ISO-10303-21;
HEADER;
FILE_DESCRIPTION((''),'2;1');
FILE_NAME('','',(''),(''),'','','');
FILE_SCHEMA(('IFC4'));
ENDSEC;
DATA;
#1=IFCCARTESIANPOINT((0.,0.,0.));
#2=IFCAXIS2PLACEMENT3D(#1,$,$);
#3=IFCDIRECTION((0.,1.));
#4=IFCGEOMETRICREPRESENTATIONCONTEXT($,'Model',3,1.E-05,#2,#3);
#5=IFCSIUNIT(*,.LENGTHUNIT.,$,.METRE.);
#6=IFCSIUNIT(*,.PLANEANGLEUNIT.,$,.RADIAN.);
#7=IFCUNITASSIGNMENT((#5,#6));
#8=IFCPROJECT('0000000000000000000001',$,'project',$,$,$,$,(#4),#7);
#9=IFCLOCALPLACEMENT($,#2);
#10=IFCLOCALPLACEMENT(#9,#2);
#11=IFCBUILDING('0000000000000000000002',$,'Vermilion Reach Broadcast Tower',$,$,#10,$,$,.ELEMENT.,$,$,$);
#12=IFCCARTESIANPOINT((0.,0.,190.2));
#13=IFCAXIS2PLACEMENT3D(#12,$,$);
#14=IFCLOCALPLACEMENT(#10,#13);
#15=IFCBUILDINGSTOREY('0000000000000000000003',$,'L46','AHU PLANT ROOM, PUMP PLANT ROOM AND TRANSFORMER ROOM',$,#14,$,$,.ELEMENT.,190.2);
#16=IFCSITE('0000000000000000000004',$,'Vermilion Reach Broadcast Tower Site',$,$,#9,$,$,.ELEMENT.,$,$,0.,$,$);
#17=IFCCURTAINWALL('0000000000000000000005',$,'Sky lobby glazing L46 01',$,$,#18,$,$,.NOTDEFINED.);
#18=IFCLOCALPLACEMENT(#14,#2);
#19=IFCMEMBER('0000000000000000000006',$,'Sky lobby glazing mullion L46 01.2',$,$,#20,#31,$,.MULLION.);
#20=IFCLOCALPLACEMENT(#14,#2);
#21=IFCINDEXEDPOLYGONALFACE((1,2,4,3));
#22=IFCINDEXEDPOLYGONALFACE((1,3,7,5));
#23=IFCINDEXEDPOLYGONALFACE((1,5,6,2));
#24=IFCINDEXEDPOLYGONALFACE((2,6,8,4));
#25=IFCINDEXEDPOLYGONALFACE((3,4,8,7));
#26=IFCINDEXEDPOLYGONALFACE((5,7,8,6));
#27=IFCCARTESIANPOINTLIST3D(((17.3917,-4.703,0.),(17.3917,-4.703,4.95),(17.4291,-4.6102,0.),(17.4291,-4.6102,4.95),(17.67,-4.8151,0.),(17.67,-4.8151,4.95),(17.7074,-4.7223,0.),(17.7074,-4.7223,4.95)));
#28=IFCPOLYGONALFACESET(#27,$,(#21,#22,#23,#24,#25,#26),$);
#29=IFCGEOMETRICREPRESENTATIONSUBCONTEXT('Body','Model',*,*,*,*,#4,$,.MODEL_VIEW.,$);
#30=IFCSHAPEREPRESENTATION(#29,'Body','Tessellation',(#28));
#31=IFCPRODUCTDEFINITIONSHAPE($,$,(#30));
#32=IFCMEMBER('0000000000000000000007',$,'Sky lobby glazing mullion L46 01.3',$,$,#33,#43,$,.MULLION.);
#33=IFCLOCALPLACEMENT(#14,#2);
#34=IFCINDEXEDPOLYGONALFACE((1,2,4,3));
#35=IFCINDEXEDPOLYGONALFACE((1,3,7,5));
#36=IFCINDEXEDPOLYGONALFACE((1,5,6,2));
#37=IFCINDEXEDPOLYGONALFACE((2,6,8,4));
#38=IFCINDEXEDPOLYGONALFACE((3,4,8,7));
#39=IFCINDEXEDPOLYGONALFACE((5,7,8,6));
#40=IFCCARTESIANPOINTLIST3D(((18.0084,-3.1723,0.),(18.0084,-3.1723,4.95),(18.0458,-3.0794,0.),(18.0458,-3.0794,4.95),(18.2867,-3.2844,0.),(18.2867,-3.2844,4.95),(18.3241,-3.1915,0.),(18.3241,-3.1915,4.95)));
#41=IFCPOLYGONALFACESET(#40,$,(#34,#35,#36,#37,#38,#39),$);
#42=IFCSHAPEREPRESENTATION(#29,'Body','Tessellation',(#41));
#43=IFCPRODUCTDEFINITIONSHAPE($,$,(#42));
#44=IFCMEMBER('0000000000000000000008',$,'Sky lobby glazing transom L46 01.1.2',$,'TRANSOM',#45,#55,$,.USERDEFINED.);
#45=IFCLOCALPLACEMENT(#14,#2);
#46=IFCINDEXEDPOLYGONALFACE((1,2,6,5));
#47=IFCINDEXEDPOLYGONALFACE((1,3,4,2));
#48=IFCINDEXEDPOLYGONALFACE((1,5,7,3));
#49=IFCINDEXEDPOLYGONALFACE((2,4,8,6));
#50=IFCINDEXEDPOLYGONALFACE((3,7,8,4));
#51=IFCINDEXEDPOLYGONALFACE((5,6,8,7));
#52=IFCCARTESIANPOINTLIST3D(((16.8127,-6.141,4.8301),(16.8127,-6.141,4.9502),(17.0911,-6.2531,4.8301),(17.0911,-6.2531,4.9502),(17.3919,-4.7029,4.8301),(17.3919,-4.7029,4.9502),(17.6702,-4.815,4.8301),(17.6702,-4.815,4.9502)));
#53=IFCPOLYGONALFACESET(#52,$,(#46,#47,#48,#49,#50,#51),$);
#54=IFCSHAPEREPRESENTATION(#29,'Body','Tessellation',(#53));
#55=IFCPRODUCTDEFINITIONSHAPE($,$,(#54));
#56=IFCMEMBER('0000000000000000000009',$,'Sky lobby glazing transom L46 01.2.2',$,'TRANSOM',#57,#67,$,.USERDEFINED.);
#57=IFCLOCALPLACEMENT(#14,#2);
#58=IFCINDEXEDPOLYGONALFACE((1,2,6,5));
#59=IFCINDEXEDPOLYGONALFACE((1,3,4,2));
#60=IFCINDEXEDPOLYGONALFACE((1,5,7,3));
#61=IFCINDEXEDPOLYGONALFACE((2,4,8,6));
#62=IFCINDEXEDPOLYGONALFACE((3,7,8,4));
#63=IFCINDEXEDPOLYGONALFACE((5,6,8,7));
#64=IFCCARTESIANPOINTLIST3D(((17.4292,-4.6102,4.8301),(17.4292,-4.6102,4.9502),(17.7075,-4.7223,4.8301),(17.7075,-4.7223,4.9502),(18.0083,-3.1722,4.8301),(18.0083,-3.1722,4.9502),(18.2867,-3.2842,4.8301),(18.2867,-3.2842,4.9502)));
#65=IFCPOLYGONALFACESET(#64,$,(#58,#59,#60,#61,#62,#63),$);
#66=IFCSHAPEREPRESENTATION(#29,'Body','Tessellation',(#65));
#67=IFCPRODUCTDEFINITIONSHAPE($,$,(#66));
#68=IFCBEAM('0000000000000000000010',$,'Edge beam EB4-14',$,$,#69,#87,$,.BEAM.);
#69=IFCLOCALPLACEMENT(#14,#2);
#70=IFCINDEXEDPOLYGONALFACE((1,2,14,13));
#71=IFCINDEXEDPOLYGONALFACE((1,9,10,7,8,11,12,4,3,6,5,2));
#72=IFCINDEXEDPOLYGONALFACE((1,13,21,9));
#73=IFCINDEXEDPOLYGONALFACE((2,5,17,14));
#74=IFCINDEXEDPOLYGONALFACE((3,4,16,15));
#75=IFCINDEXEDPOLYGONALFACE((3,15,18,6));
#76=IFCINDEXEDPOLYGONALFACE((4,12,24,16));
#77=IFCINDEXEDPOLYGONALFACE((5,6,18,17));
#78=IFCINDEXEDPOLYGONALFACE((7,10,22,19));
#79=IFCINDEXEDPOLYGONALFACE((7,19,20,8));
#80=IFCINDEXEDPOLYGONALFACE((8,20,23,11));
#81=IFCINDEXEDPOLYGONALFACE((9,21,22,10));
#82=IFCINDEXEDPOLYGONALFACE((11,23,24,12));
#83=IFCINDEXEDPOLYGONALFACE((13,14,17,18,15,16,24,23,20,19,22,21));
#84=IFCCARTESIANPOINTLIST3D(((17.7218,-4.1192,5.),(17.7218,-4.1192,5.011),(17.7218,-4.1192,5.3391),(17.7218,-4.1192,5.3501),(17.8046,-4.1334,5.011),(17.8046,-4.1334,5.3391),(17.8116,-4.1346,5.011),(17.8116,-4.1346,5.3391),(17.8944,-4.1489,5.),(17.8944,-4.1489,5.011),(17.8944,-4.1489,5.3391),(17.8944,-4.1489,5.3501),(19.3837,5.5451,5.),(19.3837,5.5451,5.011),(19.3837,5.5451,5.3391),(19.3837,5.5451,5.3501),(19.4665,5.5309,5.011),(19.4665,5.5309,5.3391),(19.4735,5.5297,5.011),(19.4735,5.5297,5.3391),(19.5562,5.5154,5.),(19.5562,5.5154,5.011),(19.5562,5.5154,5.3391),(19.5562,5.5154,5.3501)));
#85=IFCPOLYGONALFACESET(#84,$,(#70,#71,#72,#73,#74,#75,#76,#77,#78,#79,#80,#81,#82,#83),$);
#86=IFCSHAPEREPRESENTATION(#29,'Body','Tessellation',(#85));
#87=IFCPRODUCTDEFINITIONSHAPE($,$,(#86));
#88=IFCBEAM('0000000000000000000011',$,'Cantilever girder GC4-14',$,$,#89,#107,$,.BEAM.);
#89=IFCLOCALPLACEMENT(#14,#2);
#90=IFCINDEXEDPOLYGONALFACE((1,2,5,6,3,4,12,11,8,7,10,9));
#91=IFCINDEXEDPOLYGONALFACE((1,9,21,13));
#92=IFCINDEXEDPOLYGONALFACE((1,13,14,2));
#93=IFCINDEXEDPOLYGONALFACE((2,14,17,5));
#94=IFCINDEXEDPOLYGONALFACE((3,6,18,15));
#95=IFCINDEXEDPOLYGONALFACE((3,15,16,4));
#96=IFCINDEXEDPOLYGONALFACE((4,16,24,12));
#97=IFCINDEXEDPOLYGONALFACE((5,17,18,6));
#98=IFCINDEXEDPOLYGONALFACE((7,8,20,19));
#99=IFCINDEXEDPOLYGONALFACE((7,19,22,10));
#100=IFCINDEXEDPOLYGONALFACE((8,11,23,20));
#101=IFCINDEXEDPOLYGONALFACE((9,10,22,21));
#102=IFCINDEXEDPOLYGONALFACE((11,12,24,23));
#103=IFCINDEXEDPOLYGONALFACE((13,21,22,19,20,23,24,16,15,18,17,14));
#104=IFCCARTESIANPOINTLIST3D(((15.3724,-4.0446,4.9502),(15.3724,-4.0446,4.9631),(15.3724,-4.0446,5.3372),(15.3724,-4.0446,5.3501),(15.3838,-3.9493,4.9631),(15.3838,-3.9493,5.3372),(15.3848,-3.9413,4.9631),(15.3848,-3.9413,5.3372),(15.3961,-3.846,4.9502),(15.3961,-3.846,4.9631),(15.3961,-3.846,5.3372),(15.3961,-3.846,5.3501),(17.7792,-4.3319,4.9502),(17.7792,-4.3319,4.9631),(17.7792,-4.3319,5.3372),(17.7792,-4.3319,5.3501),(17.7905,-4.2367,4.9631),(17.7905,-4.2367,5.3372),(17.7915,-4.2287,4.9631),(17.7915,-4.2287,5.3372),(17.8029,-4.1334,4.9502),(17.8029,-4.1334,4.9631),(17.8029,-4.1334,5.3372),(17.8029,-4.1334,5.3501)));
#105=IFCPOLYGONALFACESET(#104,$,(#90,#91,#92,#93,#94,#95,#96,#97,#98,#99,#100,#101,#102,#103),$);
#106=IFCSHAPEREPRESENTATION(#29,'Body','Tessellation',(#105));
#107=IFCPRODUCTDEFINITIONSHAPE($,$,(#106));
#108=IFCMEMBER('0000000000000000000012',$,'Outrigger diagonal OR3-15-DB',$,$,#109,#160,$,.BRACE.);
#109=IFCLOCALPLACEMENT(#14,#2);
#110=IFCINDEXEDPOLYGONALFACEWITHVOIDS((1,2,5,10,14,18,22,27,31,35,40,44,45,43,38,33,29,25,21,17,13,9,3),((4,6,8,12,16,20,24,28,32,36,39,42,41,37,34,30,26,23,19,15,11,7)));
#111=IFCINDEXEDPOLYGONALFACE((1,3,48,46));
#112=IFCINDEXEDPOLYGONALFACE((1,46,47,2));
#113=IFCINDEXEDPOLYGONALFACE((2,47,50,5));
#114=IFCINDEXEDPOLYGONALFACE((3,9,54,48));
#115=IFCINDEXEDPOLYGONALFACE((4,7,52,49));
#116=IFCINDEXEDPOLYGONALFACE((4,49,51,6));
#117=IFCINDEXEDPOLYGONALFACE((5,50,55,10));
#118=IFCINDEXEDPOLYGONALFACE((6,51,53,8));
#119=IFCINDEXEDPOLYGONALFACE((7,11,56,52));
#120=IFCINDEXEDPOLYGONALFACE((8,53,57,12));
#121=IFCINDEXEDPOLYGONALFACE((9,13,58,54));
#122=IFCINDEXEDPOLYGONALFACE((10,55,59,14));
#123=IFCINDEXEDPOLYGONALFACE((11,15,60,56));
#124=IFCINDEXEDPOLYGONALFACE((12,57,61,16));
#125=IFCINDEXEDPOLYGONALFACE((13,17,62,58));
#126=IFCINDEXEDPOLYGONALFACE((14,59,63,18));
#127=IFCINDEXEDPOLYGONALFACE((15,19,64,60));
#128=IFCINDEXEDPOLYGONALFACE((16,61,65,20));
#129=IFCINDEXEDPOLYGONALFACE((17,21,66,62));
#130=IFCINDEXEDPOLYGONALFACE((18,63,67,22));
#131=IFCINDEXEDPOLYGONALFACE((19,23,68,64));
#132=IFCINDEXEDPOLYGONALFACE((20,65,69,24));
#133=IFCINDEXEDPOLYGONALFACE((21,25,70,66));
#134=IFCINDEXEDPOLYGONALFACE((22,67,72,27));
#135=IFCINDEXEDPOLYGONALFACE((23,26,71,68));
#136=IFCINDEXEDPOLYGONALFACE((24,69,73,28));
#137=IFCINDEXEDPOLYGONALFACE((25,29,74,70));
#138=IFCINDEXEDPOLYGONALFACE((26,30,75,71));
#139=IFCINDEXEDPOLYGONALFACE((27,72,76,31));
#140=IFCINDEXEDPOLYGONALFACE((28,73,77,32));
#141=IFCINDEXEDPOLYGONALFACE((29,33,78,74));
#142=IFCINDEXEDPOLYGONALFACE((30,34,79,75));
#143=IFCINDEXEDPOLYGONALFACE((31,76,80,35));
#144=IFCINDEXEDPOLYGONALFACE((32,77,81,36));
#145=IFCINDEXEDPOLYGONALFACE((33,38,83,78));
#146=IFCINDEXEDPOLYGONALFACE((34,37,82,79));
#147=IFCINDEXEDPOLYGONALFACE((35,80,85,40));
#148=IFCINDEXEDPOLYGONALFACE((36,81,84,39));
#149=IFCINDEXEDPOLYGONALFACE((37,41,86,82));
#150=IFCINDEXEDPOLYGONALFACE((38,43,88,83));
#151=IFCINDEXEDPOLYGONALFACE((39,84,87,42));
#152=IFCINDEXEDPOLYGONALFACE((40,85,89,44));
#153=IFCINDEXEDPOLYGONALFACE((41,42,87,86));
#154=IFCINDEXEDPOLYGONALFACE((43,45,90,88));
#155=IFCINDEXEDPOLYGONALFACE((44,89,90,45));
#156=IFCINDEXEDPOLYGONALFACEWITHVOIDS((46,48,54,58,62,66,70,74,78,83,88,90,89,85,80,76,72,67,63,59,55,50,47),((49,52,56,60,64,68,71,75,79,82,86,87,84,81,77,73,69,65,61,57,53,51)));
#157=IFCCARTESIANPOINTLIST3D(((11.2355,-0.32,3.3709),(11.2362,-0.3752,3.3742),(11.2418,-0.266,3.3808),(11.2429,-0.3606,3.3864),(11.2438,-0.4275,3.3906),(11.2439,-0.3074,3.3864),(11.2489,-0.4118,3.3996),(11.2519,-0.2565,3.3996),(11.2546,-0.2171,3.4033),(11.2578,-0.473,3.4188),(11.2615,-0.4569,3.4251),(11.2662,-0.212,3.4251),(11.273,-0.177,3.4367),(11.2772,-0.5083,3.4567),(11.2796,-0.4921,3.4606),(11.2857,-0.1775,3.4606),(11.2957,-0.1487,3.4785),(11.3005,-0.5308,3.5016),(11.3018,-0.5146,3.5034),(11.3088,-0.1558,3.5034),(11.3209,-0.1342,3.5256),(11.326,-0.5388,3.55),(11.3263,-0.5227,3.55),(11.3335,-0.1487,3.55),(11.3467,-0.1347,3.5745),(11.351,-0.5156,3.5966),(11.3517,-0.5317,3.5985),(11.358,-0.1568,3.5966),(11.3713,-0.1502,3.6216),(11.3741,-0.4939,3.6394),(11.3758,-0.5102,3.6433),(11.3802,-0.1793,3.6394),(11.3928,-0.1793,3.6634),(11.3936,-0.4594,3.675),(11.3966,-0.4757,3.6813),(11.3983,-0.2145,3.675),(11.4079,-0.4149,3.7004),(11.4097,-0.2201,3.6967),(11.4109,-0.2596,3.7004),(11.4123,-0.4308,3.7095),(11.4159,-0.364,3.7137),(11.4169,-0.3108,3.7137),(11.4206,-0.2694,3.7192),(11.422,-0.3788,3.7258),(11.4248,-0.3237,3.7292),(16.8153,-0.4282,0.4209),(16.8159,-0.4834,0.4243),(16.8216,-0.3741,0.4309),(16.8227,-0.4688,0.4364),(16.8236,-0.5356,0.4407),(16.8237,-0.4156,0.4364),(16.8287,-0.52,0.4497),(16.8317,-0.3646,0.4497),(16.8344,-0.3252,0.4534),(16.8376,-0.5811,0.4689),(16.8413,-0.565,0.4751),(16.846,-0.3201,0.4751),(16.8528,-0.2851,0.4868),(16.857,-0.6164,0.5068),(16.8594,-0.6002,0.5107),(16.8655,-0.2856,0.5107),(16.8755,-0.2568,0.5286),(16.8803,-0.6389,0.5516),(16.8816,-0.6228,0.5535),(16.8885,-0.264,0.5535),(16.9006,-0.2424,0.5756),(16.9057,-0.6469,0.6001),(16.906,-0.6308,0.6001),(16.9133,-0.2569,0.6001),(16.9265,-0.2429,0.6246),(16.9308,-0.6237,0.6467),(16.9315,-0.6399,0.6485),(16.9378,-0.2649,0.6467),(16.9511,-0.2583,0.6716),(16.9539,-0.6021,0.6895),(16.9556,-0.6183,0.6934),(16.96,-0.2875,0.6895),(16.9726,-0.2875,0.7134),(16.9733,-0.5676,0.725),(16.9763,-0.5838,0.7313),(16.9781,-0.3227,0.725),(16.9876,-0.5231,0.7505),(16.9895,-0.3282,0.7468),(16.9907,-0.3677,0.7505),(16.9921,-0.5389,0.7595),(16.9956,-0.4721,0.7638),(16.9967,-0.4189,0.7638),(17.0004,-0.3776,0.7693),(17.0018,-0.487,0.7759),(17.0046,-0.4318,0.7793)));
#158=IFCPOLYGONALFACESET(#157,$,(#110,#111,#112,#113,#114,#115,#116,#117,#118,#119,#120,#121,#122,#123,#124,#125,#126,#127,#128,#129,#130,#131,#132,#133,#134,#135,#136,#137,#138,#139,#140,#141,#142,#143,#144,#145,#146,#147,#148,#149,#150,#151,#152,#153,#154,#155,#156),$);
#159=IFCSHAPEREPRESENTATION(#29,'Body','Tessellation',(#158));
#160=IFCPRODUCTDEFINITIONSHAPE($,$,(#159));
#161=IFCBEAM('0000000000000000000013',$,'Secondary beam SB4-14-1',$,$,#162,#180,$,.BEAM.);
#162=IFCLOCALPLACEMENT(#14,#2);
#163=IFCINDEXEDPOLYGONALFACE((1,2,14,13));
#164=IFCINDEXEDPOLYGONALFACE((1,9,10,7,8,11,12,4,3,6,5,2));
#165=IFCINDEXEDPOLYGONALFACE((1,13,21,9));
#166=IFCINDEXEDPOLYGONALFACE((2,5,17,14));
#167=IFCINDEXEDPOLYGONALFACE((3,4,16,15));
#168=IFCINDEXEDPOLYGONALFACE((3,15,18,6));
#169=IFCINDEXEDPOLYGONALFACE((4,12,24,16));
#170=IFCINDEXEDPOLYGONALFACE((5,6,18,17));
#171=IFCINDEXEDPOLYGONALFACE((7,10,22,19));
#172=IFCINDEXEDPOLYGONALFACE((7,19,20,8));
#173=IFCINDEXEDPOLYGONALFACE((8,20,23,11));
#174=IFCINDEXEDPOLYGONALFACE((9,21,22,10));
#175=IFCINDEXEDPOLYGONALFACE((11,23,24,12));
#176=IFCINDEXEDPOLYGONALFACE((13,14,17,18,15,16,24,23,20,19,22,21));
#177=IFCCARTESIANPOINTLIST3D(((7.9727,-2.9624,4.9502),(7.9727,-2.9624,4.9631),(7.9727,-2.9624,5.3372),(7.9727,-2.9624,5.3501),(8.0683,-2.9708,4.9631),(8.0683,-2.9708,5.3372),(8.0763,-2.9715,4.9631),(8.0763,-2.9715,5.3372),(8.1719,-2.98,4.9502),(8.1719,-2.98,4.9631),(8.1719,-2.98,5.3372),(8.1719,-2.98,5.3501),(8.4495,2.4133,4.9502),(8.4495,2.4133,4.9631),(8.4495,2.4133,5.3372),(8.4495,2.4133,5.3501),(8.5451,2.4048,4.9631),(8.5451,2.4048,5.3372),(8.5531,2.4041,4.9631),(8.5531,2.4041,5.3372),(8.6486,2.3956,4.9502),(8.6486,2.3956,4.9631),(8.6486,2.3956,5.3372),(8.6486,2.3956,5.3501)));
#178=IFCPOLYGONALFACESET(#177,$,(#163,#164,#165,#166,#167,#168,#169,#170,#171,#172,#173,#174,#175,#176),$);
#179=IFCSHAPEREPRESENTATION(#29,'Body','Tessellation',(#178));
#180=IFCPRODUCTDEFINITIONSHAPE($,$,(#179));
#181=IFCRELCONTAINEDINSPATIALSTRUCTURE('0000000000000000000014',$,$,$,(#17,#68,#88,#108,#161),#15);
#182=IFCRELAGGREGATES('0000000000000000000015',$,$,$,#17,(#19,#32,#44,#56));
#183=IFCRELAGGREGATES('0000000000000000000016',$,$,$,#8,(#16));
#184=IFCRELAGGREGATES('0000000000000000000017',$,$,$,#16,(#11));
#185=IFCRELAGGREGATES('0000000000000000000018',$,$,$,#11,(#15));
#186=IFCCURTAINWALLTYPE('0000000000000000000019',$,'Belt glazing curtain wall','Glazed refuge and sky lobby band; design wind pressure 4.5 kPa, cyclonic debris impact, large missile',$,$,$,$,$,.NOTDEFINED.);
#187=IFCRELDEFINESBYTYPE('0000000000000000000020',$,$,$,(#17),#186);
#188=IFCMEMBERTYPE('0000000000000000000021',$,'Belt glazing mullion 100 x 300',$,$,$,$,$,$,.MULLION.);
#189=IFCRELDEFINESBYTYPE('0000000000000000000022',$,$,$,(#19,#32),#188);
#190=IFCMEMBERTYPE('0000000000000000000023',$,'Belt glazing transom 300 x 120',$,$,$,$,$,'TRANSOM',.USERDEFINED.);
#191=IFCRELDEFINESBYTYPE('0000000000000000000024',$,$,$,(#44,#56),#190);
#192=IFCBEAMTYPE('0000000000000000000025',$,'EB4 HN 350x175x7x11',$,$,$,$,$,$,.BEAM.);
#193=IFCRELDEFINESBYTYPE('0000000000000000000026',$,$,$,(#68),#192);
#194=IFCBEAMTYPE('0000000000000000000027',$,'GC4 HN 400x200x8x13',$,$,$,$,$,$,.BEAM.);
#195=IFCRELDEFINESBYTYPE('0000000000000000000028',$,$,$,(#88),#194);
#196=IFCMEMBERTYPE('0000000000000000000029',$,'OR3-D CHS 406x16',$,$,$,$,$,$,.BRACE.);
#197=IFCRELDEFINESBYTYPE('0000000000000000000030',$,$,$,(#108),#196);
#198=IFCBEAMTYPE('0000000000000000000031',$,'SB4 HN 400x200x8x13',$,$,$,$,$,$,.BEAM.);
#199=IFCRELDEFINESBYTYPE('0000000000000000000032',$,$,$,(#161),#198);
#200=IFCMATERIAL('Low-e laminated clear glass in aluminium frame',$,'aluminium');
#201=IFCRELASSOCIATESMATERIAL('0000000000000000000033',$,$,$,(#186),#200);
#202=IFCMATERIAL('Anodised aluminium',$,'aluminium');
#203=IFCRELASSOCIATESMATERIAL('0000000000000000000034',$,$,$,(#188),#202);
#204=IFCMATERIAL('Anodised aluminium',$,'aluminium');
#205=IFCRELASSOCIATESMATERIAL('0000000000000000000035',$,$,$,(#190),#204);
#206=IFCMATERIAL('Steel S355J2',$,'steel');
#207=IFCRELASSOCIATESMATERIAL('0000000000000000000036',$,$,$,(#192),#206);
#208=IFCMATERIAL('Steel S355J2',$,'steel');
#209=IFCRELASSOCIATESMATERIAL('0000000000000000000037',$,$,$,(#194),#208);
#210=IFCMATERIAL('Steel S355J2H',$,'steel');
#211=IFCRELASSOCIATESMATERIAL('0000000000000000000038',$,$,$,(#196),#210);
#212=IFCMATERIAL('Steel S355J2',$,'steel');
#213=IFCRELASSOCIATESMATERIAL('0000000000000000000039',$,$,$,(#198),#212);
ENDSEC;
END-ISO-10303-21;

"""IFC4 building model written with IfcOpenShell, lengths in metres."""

from ifc_helpers import new_model, si_unit, direction, frame, origin, origin_2d, place, context, subcontext, project, spatial, rectangle, hollow_circle, i_section, extrude, material, material_profile, profile_set, type_object, element, aggregate, save


model = new_model("IFC4")

# Units and contexts
model_context = context("Model", 3, precision=1e-05, world=origin(), true_north=direction((0.0, 1.0)))
body_context = subcontext(model_context, "Body", "Model", "MODEL_VIEW")
ifc_project = project(units=[si_unit("LENGTHUNIT", "METRE"), si_unit("PLANEANGLEUNIT", "RADIAN")], contexts=[model_context])

# Site, building, storey
site_placement = place(None, origin())
site = spatial("IfcSite", under=ifc_project, at=site_placement, Name="Vermilion Reach Broadcast Tower Site", CompositionType="ELEMENT", RefElevation=0.0)
building_placement = place(site_placement, origin())
building = spatial("IfcBuilding", under=site, at=building_placement, Name="Vermilion Reach Broadcast Tower", CompositionType="ELEMENT")
storey_placement = place(building_placement, frame((0.0, 0.0, 190.2)))
storey = spatial("IfcBuildingStorey", under=building, at=storey_placement, Name="L46", Description="AHU PLANT ROOM, PUMP PLANT ROOM AND TRANSFORMER ROOM", CompositionType="ELEMENT", Elevation=190.2)

# Curtain wall, members
ifc_material_1 = material(Name="Low-e laminated clear glass in aluminium frame", Category="aluminium")
curtain_wall_type = type_object("IfcCurtainWallType", Name="Belt glazing curtain wall", Description="Glazed refuge and sky lobby band; design wind pressure 4.5 kPa, cyclonic debris impact, large missile", PredefinedType="NOTDEFINED", material=ifc_material_1)
curtain_wall_placement = place(storey_placement, origin())
curtain_wall = element("IfcCurtainWall", 1, at=curtain_wall_placement, inside=storey, type_object=curtain_wall_type, Name="Sky lobby glazing L46 01", PredefinedType="NOTDEFINED")
ifc_material_2 = material(Name="Anodised aluminium", Category="aluminium")
ifc_material_profile_1 = material_profile(ifc_material_2, rectangle(XDim=0.3, YDim=0.1001, at=origin_2d()), Name="Belt glazing mullion 100 x 300")
ifc_profile_set_1 = profile_set([ifc_material_profile_1], Name="Anodised aluminium")
member_type_1 = type_object("IfcMemberType", Name="Belt glazing mullion 100 x 300", PredefinedType="MULLION", material=ifc_profile_set_1)
member_1_placement = place(storey_placement, frame((17.5496, -4.7126, 0.0), z_axis=(0.0, 0.0, 1.0), x_axis=(-0.927588, 0.373605, 0.0)))
member_1 = element("IfcMember", 2, at=member_1_placement, type_object=member_type_1, Name="Sky lobby glazing mullion L46 01.2", PredefinedType="MULLION", context=body_context, shape_type="SweptSolid", body=[
    extrude(rectangle(XDim=0.3, YDim=0.1001, at=origin_2d()), origin(), (0.0, 0.0, 1.0), 4.95),
])
member_2_placement = place(storey_placement, frame((18.1663, -3.1819, 0.0), z_axis=(0.0, 0.0, 1.0), x_axis=(-0.927588, 0.373605, 0.0)))
member_2 = element("IfcMember", 3, at=member_2_placement, type_object=member_type_1, Name="Sky lobby glazing mullion L46 01.3", PredefinedType="MULLION", context=body_context, shape_type="SweptSolid", body=[
    extrude(rectangle(XDim=0.3, YDim=0.1001, at=origin_2d()), origin(), (0.0, 0.0, 1.0), 4.95),
])
ifc_material_3 = material(Name="Anodised aluminium", Category="aluminium")
ifc_material_profile_2 = material_profile(ifc_material_3, rectangle(XDim=0.3, YDim=0.1201, at=origin_2d()), Name="Belt glazing transom 300 x 120")
ifc_profile_set_2 = profile_set([ifc_material_profile_2], Name="Anodised aluminium")
member_type_2 = type_object("IfcMemberType", Name="Belt glazing transom 300 x 120", ElementType="TRANSOM", PredefinedType="USERDEFINED", material=ifc_profile_set_2)
member_3_placement = place(storey_placement, frame((16.9519, -6.197, 4.8901), z_axis=(0.373562, 0.927605, 0.0), x_axis=(-0.927605, 0.373562, 0.0)))
member_3 = element("IfcMember", 4, at=member_3_placement, type_object=member_type_2, Name="Sky lobby glazing transom L46 01.1.2", ObjectType="TRANSOM", PredefinedType="USERDEFINED", context=body_context, shape_type="SweptSolid", body=[
    extrude(rectangle(XDim=0.3, YDim=0.1201, at=origin_2d()), origin(), (0.0, 0.0, 1.0), 1.5503),
])
member_4_placement = place(storey_placement, frame((17.5684, -4.6663, 4.8901), z_axis=(0.373562, 0.927605, 0.0), x_axis=(-0.927605, 0.373562, 0.0)))
member_4 = element("IfcMember", 5, at=member_4_placement, type_object=member_type_2, Name="Sky lobby glazing transom L46 01.2.2", ObjectType="TRANSOM", PredefinedType="USERDEFINED", context=body_context, shape_type="SweptSolid", body=[
    extrude(rectangle(XDim=0.3, YDim=0.1201, at=origin_2d()), origin(), (0.0, 0.0, 1.0), 1.5503),
])

# Beams
ifc_material_4 = material(Name="Steel S355J2", Category="steel")
ifc_material_profile_3 = material_profile(ifc_material_4, i_section(OverallWidth=0.175, OverallDepth=0.3501, WebThickness=0.0071, FlangeThickness=0.011, at=origin_2d()), Name="S355J2 HN 350x175x7x11")
ifc_profile_set_3 = profile_set([ifc_material_profile_3], Name="Steel S355J2")
beam_type_1 = type_object("IfcBeamType", Name="EB4 HN 350x175x7x11", PredefinedType="BEAM", material=ifc_profile_set_3)
beam_1_placement = place(storey_placement, frame((17.8081, -4.134, 5.175), z_axis=(0.169472, 0.985535, 0.0), x_axis=(-0.985535, 0.169472, 0.0)))
element("IfcBeam", 6, at=beam_1_placement, inside=storey, type_object=beam_type_1, Name="Edge beam EB4-14", PredefinedType="BEAM", context=body_context, shape_type="SweptSolid", body=[
    extrude(i_section(OverallWidth=0.175, OverallDepth=0.3501, WebThickness=0.0071, FlangeThickness=0.011, at=origin_2d()), origin(), (0.0, 0.0, 1.0), 9.8062),
])
ifc_material_5 = material(Name="Steel S355J2", Category="steel")
ifc_material_profile_4 = material_profile(ifc_material_5, i_section(OverallWidth=0.2, OverallDepth=0.3999, WebThickness=0.0081, FlangeThickness=0.0129, at=origin_2d()), Name="S355J2 HN 400x200x8x13")
ifc_profile_set_4 = profile_set([ifc_material_profile_4], Name="Steel S355J2")
beam_type_2 = type_object("IfcBeamType", Name="GC4 HN 400x200x8x13", PredefinedType="BEAM", material=ifc_profile_set_4)
beam_2_placement = place(storey_placement, frame((15.3843, -3.9453, 5.1501), z_axis=(0.992948, -0.118553, 0.0), x_axis=(0.118553, 0.992948, 0.0)))
element("IfcBeam", 7, at=beam_2_placement, inside=storey, type_object=beam_type_2, Name="Cantilever girder GC4-14", PredefinedType="BEAM", context=body_context, shape_type="SweptSolid", body=[
    extrude(i_section(OverallWidth=0.2, OverallDepth=0.3999, WebThickness=0.0081, FlangeThickness=0.0129, at=origin_2d()), origin(), (0.0, 0.0, 1.0), 2.4238),
])

# Member
ifc_material_6 = material(Name="Steel S355J2H", Category="steel")
ifc_material_profile_5 = material_profile(ifc_material_6, hollow_circle(Radius=0.2031, WallThickness=0.0161, at=origin_2d()), Name="S355J2H CHS 406x16")
ifc_profile_set_5 = profile_set([ifc_material_profile_5], Name="Steel S355J2H")
member_type_3 = type_object("IfcMemberType", Name="OR3-D CHS 406x16", PredefinedType="BRACE", material=ifc_profile_set_5)
member_5_placement = place(storey_placement, frame((16.9097, -0.4438, 0.6001), z_axis=(-0.883925, 0.017133, 0.467314), x_axis=(-0.019379, -0.999812, 0.0)))
element("IfcMember", 8, at=member_5_placement, inside=storey, type_object=member_type_3, Name="Outrigger diagonal OR3-15-DB", PredefinedType="BRACE", context=body_context, shape_type="SweptSolid", body=[
    extrude(hollow_circle(Radius=0.2031, WallThickness=0.0161, at=origin_2d()), origin(), (0.0, 0.0, 1.0), 6.3125),
])

# Beam
ifc_material_7 = material(Name="Steel S355J2", Category="steel")
ifc_material_profile_6 = material_profile(ifc_material_7, i_section(OverallWidth=0.2, OverallDepth=0.3999, WebThickness=0.0081, FlangeThickness=0.0129, at=origin_2d()), Name="S355J2 HN 400x200x8x13")
ifc_profile_set_6 = profile_set([ifc_material_profile_6], Name="Steel S355J2")
beam_type_3 = type_object("IfcBeamType", Name="SB4 HN 400x200x8x13", PredefinedType="BEAM", material=ifc_profile_set_6)
beam_3_placement = place(storey_placement, frame((8.0723, -2.9712, 5.1501), z_axis=(0.088349, 0.99609, 0.0), x_axis=(-0.99609, 0.088349, 0.0)))
element("IfcBeam", 9, at=beam_3_placement, inside=storey, type_object=beam_type_3, Name="Secondary beam SB4-14-1", PredefinedType="BEAM", context=body_context, shape_type="SweptSolid", body=[
    extrude(i_section(OverallWidth=0.2, OverallDepth=0.3999, WebThickness=0.0081, FlangeThickness=0.0129, at=origin_2d()), origin(), (0.0, 0.0, 1.0), 5.3967),
])

aggregate(curtain_wall, [member_1, member_2, member_3, member_4])

save(model, "model.ifc")
